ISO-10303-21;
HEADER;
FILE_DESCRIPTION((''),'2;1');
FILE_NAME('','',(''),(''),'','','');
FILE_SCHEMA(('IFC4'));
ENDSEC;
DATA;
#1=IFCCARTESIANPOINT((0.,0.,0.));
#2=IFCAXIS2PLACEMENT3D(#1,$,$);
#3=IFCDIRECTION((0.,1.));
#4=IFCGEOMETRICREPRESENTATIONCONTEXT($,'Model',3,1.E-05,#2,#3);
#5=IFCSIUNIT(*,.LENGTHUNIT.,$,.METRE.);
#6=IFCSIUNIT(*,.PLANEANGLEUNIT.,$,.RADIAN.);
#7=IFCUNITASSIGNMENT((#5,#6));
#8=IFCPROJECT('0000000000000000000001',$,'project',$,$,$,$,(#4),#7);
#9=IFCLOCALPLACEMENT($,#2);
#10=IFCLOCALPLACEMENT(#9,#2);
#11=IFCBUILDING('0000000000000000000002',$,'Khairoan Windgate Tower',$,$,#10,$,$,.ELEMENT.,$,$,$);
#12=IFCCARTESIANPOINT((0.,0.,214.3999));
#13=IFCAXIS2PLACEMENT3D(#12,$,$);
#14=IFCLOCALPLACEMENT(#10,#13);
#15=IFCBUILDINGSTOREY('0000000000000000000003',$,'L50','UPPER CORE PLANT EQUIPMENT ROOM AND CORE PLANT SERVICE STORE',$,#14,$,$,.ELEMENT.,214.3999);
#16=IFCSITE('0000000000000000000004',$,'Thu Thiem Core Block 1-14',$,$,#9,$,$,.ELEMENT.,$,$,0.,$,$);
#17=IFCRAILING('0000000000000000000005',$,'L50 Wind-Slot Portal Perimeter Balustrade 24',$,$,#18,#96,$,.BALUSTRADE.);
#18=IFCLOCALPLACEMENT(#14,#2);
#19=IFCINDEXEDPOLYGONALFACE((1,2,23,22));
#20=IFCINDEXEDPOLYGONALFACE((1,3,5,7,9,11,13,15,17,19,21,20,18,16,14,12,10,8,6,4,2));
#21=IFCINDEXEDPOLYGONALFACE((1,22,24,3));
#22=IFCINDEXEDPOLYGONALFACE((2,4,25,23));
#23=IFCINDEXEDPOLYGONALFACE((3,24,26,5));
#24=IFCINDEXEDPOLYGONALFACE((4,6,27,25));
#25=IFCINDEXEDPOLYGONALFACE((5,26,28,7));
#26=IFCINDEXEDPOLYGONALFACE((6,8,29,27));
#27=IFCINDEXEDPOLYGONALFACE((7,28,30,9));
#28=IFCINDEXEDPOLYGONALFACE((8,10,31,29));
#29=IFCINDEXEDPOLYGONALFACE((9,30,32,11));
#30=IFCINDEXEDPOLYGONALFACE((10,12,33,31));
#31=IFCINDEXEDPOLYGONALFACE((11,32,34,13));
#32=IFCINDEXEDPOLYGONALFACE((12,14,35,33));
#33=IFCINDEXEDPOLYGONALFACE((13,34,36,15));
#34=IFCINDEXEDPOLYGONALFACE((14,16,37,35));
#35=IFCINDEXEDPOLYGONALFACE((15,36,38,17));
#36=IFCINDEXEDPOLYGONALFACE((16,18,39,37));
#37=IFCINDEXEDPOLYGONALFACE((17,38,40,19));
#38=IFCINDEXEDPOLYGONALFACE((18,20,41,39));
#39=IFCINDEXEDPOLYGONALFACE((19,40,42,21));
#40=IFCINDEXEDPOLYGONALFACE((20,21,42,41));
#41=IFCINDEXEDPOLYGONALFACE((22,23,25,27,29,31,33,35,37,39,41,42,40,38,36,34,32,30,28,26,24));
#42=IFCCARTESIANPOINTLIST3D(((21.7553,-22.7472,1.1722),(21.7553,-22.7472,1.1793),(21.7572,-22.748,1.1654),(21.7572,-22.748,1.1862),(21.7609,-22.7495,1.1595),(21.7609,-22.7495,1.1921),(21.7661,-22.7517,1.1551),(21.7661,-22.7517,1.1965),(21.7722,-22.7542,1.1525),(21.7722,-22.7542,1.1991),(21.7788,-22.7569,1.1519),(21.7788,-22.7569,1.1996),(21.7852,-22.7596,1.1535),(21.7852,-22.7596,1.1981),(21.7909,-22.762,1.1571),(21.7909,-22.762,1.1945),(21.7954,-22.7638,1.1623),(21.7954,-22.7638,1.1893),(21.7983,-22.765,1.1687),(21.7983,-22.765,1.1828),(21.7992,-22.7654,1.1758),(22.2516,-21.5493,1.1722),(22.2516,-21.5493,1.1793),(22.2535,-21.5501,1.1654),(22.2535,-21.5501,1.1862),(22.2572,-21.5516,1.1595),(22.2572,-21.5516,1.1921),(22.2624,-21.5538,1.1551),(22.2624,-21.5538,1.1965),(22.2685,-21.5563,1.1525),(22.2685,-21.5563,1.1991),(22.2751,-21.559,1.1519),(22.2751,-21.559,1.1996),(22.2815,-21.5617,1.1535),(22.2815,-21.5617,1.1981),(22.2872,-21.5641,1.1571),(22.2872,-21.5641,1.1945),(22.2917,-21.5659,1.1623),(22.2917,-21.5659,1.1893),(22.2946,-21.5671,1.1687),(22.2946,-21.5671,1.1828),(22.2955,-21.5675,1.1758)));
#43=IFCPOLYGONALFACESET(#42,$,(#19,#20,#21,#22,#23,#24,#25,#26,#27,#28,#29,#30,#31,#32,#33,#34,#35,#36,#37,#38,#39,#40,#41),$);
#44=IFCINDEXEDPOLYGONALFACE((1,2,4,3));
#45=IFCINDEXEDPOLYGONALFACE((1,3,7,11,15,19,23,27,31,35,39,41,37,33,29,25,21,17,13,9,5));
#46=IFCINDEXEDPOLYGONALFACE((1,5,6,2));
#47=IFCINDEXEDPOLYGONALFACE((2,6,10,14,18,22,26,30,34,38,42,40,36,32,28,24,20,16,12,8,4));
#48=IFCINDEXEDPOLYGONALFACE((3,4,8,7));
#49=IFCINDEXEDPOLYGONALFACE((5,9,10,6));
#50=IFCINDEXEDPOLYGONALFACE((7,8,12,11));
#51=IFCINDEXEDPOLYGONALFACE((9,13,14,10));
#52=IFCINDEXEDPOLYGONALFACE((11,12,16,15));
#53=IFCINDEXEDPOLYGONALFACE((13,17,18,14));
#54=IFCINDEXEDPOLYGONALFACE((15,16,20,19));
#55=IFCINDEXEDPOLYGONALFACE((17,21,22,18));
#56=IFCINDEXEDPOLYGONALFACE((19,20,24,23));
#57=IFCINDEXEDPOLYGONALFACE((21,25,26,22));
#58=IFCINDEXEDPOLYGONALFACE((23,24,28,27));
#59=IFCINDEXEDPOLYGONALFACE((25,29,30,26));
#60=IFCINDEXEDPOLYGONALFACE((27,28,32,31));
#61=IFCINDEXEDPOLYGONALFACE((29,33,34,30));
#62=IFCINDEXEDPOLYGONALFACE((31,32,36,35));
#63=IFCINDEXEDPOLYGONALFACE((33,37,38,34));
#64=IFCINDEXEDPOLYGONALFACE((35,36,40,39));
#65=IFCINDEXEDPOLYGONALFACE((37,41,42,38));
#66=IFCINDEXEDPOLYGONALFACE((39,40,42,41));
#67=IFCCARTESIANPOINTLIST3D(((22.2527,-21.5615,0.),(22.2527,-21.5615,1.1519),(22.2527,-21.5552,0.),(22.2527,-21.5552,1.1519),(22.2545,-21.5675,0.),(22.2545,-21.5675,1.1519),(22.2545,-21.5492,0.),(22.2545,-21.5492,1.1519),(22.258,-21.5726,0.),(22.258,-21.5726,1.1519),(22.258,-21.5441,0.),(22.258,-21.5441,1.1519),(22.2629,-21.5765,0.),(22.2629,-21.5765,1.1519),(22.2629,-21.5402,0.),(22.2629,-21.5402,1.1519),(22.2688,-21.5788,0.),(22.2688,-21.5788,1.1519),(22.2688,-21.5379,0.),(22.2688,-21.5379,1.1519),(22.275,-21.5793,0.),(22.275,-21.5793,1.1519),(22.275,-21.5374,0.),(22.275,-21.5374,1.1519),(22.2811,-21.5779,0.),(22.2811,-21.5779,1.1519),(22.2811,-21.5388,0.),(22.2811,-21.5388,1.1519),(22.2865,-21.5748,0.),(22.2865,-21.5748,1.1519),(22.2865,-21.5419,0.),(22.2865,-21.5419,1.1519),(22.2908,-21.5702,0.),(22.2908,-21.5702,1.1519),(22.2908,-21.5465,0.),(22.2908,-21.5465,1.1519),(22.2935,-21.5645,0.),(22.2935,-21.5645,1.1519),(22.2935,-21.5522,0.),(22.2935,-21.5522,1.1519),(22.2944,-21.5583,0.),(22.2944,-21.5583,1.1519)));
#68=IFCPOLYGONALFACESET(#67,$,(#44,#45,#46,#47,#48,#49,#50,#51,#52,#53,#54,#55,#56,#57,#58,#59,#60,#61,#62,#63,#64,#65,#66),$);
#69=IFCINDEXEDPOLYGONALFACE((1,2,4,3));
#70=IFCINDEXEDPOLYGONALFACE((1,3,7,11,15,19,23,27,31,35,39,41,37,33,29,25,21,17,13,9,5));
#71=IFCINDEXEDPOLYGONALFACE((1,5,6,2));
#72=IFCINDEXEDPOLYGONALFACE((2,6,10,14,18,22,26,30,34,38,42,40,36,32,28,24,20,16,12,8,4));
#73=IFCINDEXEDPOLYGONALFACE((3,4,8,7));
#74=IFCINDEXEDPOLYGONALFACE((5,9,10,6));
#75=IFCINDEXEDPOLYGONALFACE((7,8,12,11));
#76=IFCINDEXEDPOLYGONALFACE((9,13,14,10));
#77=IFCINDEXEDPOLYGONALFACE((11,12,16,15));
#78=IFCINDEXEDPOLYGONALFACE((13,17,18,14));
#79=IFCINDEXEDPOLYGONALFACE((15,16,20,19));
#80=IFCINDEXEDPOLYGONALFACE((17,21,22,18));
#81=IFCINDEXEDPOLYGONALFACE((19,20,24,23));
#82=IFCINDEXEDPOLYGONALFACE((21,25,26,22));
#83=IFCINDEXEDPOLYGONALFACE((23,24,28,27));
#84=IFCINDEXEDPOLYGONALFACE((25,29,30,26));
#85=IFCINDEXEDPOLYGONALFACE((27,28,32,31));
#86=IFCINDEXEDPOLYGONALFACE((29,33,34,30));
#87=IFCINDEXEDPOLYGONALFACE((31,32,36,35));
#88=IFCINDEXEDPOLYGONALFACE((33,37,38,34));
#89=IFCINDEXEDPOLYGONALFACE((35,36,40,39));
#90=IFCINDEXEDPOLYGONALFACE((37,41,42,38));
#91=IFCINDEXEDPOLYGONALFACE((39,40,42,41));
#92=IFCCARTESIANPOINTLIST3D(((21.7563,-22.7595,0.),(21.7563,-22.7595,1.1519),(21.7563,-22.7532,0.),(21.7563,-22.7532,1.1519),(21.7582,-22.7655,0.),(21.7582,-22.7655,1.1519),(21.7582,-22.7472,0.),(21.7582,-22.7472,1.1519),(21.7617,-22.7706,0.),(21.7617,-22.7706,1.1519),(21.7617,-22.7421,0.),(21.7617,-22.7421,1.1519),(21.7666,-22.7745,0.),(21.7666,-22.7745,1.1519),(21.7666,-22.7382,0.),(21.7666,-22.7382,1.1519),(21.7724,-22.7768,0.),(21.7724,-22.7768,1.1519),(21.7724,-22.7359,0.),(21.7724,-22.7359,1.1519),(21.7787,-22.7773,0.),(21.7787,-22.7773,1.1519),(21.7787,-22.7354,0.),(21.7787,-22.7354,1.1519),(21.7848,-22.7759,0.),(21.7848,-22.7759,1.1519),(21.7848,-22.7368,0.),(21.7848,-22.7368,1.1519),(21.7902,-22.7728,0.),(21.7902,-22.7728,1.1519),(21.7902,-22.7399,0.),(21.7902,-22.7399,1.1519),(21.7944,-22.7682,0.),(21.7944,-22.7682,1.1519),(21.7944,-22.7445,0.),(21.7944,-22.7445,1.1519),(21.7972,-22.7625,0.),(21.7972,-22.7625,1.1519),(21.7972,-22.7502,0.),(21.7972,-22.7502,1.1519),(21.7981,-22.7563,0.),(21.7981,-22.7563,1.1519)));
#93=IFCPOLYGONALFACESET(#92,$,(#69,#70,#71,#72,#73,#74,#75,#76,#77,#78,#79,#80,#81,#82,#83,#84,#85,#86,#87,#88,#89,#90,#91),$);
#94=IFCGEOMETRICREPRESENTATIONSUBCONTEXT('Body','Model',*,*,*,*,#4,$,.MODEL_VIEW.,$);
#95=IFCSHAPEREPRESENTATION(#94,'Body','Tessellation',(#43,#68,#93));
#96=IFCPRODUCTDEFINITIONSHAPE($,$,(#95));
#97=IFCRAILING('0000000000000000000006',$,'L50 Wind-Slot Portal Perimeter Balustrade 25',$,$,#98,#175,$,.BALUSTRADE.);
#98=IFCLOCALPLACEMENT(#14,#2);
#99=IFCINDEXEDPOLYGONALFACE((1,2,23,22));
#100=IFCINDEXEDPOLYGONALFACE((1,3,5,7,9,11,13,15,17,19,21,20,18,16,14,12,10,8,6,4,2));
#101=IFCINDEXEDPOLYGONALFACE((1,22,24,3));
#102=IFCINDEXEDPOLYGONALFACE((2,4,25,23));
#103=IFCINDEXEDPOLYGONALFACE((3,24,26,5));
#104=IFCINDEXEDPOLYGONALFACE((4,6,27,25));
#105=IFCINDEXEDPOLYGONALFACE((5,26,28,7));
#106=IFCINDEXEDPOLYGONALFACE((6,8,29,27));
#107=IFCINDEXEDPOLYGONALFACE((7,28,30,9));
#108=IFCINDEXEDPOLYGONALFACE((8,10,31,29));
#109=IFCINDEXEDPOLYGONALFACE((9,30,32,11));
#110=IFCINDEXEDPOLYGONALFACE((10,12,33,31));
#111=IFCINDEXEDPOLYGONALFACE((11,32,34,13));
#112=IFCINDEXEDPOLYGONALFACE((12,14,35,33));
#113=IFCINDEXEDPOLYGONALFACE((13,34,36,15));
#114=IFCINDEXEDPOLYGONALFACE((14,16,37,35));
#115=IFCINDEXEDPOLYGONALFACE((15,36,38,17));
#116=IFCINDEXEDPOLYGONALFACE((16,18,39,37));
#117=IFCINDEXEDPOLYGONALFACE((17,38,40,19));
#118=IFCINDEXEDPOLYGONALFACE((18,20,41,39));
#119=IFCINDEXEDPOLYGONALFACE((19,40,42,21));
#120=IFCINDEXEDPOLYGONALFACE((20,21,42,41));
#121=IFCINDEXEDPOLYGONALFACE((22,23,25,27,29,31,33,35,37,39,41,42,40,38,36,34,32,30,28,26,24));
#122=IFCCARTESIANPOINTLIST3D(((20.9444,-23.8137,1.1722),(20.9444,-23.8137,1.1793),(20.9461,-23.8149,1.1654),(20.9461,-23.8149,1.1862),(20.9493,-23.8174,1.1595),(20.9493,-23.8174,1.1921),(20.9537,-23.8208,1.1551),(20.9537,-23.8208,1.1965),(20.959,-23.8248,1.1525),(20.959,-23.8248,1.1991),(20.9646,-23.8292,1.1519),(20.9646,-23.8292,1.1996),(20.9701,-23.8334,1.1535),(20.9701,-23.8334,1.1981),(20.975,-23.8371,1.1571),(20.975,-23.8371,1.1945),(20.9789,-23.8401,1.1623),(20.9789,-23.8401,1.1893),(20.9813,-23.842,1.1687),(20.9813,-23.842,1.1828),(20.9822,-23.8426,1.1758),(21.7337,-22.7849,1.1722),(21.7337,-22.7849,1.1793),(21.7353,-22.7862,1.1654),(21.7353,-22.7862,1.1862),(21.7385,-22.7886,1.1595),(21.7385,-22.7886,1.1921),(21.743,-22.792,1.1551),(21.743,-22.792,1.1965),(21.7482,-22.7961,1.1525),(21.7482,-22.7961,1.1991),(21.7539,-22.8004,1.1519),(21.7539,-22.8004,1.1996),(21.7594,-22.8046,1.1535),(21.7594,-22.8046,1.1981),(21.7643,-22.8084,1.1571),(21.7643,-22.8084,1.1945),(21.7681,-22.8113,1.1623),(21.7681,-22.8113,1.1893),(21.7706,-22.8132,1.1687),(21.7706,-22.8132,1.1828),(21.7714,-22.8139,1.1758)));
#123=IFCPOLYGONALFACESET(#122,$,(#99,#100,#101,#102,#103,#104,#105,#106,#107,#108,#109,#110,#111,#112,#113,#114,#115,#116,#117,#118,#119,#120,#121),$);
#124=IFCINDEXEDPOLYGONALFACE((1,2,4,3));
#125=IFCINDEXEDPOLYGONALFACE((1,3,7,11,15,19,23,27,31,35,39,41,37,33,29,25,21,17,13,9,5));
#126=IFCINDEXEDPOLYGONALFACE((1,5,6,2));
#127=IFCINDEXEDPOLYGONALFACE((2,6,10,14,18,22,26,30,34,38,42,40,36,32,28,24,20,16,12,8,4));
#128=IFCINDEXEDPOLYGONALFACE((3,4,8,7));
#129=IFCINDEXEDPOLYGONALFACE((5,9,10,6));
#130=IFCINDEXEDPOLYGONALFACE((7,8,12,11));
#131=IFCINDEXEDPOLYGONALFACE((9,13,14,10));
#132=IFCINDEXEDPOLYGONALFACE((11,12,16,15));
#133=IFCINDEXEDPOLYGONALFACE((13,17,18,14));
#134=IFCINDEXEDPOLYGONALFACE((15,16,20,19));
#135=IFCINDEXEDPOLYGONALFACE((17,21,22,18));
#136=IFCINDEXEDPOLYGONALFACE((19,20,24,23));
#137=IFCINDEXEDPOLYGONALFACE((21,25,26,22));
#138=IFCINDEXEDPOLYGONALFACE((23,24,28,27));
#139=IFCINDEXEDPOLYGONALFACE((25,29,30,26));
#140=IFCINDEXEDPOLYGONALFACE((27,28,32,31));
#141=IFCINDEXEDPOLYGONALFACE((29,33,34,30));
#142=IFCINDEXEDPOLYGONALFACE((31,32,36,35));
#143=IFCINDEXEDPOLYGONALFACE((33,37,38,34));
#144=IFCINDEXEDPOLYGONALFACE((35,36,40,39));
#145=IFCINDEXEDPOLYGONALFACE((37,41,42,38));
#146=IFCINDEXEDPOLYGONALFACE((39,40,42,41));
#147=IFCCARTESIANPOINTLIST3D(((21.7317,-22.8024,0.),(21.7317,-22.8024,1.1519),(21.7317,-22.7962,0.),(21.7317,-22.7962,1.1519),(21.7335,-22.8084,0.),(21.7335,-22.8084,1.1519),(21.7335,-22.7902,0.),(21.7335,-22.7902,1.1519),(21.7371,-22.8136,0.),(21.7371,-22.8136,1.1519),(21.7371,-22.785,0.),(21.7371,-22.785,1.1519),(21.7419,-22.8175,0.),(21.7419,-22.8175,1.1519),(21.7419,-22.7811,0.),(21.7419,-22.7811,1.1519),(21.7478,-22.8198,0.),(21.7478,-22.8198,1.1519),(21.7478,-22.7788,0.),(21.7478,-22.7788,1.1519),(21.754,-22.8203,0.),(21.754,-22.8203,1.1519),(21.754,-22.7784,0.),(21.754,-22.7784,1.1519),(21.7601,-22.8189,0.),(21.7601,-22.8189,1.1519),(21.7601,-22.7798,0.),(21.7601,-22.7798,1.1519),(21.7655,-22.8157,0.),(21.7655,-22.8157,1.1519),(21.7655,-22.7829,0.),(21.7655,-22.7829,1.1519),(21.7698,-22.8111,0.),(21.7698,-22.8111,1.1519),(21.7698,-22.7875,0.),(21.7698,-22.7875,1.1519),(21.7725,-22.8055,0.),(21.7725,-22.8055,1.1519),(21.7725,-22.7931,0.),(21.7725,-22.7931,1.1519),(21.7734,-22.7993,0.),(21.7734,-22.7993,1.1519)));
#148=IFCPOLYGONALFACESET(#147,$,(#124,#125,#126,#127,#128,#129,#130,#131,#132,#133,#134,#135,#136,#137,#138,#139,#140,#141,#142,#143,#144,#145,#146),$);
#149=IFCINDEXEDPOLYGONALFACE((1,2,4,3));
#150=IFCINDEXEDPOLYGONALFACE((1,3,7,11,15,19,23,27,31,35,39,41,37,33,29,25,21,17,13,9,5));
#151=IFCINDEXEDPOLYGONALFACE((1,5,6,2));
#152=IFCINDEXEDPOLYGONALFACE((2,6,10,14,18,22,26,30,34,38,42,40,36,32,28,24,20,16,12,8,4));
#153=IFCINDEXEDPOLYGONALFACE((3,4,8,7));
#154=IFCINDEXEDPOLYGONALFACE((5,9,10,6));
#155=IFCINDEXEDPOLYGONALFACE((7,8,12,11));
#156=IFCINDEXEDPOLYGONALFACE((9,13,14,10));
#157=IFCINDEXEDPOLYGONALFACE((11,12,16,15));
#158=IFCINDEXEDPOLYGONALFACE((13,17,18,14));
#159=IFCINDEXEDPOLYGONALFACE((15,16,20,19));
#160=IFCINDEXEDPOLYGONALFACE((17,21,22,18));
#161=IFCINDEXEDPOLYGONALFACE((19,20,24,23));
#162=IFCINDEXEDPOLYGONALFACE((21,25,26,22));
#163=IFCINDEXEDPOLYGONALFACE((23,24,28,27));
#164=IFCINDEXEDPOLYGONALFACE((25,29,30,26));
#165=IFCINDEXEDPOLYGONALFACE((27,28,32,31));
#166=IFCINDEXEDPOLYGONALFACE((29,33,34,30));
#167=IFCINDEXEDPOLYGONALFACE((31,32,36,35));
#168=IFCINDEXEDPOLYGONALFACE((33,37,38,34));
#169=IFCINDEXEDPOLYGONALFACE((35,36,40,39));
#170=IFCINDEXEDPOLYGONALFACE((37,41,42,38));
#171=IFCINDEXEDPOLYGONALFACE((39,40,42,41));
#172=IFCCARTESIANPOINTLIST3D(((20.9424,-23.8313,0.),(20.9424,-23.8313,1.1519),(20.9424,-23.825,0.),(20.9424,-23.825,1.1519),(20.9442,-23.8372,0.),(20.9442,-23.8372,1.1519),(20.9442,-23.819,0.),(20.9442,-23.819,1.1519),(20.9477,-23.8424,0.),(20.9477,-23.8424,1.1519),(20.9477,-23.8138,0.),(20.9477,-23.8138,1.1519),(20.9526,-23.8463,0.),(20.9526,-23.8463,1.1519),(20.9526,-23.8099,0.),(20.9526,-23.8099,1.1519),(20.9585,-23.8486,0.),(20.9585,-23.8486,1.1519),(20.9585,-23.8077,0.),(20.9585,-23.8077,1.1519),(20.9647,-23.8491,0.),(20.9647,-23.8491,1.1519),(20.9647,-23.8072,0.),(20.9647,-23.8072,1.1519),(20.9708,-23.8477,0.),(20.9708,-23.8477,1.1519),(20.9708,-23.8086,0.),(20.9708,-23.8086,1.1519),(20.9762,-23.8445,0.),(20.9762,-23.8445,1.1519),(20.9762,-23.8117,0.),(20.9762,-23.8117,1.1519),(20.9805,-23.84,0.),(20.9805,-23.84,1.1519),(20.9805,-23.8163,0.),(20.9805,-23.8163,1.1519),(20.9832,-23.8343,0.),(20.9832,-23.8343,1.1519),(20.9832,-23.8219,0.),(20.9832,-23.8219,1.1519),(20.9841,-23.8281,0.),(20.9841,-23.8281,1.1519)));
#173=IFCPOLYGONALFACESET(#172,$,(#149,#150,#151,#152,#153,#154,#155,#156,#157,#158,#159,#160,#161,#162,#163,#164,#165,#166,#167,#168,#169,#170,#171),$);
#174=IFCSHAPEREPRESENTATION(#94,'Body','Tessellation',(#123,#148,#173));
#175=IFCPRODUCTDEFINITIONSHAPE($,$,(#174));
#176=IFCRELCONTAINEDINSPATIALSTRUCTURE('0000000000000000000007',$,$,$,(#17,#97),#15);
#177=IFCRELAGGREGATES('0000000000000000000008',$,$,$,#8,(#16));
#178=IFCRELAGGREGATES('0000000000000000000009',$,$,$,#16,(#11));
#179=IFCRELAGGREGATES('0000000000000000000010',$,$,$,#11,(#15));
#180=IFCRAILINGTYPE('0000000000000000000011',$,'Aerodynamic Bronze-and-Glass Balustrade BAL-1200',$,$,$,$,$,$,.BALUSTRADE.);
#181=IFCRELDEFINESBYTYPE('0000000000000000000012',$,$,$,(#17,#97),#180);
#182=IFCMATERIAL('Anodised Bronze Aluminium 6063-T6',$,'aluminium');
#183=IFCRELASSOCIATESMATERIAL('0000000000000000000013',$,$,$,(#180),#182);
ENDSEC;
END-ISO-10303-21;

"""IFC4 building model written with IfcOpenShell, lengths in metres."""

from ifc_helpers import new_model, si_unit, direction, frame, origin, origin_2d, place, context, subcontext, project, spatial, circle, extrude, material, type_object, element, save


model = new_model("IFC4")

# Units and contexts
model_context = context("Model", 3, precision=1e-05, world=origin(), true_north=direction((0.0, 1.0)))
body_context = subcontext(model_context, "Body", "Model", "MODEL_VIEW")
ifc_project = project(units=[si_unit("LENGTHUNIT", "METRE"), si_unit("PLANEANGLEUNIT", "RADIAN")], contexts=[model_context])

# Site, building, storey
site_placement = place(None, origin())
site = spatial("IfcSite", under=ifc_project, at=site_placement, Name="Thu Thiem Core Block 1-14", CompositionType="ELEMENT", RefElevation=0.0)
building_placement = place(site_placement, origin())
building = spatial("IfcBuilding", under=site, at=building_placement, Name="Khairoan Windgate Tower", CompositionType="ELEMENT")
storey_placement = place(building_placement, frame((0.0, 0.0, 214.3999)))
storey = spatial("IfcBuildingStorey", under=building, at=storey_placement, Name="L50", Description="UPPER CORE PLANT EQUIPMENT ROOM AND CORE PLANT SERVICE STORE", CompositionType="ELEMENT", Elevation=214.3999)

# Railings
ifc_material_1 = material(Name="Anodised Bronze Aluminium 6063-T6", Category="aluminium")
railing_type_1 = type_object("IfcRailingType", Name="Aerodynamic Bronze-and-Glass Balustrade BAL-1200", PredefinedType="BALUSTRADE", material=ifc_material_1)
railing_1_placement = place(storey_placement, frame((22.2734, -21.5583, 0.0)))
element("IfcRailing", 1, at=railing_1_placement, inside=storey, type_object=railing_type_1, Name="L50 Wind-Slot Portal Perimeter Balustrade 24", PredefinedType="BALUSTRADE", context=body_context, shape_type="SweptSolid", body=[
    extrude(circle(Radius=0.0239, at=origin_2d()), frame((0.0, 0.0, 1.1758), z_axis=(-0.382756, -0.923849, 0.0), x_axis=(0.923849, -0.382756, 0.0)), (0.0, 0.0, 1.0), 1.2966),
    extrude(circle(Radius=0.021, at=origin_2d()), origin(), (0.0, 0.0, 1.0), 1.1519),
    extrude(circle(Radius=0.021, at=origin_2d()), frame((-0.4963, -1.198, 0.0)), (0.0, 0.0, 1.0), 1.1519),
])
railing_2_placement = place(storey_placement, frame((21.7524, -22.7993, 0.0)))
element("IfcRailing", 2, at=railing_2_placement, inside=storey, type_object=railing_type_1, Name="L50 Wind-Slot Portal Perimeter Balustrade 25", PredefinedType="BALUSTRADE", context=body_context, shape_type="SweptSolid", body=[
    extrude(circle(Radius=0.0239, at=origin_2d()), frame((0.0, 0.0, 1.1758), z_axis=(-0.6087, -0.7934, 0.0), x_axis=(0.7934, -0.6087, 0.0)), (0.0, 0.0, 1.0), 1.2966),
    extrude(circle(Radius=0.021, at=origin_2d()), origin(), (0.0, 0.0, 1.0), 1.1519),
    extrude(circle(Radius=0.021, at=origin_2d()), frame((-0.7893, -1.0288, 0.0)), (0.0, 0.0, 1.0), 1.1519),
])

save(model, "model.ifc")
